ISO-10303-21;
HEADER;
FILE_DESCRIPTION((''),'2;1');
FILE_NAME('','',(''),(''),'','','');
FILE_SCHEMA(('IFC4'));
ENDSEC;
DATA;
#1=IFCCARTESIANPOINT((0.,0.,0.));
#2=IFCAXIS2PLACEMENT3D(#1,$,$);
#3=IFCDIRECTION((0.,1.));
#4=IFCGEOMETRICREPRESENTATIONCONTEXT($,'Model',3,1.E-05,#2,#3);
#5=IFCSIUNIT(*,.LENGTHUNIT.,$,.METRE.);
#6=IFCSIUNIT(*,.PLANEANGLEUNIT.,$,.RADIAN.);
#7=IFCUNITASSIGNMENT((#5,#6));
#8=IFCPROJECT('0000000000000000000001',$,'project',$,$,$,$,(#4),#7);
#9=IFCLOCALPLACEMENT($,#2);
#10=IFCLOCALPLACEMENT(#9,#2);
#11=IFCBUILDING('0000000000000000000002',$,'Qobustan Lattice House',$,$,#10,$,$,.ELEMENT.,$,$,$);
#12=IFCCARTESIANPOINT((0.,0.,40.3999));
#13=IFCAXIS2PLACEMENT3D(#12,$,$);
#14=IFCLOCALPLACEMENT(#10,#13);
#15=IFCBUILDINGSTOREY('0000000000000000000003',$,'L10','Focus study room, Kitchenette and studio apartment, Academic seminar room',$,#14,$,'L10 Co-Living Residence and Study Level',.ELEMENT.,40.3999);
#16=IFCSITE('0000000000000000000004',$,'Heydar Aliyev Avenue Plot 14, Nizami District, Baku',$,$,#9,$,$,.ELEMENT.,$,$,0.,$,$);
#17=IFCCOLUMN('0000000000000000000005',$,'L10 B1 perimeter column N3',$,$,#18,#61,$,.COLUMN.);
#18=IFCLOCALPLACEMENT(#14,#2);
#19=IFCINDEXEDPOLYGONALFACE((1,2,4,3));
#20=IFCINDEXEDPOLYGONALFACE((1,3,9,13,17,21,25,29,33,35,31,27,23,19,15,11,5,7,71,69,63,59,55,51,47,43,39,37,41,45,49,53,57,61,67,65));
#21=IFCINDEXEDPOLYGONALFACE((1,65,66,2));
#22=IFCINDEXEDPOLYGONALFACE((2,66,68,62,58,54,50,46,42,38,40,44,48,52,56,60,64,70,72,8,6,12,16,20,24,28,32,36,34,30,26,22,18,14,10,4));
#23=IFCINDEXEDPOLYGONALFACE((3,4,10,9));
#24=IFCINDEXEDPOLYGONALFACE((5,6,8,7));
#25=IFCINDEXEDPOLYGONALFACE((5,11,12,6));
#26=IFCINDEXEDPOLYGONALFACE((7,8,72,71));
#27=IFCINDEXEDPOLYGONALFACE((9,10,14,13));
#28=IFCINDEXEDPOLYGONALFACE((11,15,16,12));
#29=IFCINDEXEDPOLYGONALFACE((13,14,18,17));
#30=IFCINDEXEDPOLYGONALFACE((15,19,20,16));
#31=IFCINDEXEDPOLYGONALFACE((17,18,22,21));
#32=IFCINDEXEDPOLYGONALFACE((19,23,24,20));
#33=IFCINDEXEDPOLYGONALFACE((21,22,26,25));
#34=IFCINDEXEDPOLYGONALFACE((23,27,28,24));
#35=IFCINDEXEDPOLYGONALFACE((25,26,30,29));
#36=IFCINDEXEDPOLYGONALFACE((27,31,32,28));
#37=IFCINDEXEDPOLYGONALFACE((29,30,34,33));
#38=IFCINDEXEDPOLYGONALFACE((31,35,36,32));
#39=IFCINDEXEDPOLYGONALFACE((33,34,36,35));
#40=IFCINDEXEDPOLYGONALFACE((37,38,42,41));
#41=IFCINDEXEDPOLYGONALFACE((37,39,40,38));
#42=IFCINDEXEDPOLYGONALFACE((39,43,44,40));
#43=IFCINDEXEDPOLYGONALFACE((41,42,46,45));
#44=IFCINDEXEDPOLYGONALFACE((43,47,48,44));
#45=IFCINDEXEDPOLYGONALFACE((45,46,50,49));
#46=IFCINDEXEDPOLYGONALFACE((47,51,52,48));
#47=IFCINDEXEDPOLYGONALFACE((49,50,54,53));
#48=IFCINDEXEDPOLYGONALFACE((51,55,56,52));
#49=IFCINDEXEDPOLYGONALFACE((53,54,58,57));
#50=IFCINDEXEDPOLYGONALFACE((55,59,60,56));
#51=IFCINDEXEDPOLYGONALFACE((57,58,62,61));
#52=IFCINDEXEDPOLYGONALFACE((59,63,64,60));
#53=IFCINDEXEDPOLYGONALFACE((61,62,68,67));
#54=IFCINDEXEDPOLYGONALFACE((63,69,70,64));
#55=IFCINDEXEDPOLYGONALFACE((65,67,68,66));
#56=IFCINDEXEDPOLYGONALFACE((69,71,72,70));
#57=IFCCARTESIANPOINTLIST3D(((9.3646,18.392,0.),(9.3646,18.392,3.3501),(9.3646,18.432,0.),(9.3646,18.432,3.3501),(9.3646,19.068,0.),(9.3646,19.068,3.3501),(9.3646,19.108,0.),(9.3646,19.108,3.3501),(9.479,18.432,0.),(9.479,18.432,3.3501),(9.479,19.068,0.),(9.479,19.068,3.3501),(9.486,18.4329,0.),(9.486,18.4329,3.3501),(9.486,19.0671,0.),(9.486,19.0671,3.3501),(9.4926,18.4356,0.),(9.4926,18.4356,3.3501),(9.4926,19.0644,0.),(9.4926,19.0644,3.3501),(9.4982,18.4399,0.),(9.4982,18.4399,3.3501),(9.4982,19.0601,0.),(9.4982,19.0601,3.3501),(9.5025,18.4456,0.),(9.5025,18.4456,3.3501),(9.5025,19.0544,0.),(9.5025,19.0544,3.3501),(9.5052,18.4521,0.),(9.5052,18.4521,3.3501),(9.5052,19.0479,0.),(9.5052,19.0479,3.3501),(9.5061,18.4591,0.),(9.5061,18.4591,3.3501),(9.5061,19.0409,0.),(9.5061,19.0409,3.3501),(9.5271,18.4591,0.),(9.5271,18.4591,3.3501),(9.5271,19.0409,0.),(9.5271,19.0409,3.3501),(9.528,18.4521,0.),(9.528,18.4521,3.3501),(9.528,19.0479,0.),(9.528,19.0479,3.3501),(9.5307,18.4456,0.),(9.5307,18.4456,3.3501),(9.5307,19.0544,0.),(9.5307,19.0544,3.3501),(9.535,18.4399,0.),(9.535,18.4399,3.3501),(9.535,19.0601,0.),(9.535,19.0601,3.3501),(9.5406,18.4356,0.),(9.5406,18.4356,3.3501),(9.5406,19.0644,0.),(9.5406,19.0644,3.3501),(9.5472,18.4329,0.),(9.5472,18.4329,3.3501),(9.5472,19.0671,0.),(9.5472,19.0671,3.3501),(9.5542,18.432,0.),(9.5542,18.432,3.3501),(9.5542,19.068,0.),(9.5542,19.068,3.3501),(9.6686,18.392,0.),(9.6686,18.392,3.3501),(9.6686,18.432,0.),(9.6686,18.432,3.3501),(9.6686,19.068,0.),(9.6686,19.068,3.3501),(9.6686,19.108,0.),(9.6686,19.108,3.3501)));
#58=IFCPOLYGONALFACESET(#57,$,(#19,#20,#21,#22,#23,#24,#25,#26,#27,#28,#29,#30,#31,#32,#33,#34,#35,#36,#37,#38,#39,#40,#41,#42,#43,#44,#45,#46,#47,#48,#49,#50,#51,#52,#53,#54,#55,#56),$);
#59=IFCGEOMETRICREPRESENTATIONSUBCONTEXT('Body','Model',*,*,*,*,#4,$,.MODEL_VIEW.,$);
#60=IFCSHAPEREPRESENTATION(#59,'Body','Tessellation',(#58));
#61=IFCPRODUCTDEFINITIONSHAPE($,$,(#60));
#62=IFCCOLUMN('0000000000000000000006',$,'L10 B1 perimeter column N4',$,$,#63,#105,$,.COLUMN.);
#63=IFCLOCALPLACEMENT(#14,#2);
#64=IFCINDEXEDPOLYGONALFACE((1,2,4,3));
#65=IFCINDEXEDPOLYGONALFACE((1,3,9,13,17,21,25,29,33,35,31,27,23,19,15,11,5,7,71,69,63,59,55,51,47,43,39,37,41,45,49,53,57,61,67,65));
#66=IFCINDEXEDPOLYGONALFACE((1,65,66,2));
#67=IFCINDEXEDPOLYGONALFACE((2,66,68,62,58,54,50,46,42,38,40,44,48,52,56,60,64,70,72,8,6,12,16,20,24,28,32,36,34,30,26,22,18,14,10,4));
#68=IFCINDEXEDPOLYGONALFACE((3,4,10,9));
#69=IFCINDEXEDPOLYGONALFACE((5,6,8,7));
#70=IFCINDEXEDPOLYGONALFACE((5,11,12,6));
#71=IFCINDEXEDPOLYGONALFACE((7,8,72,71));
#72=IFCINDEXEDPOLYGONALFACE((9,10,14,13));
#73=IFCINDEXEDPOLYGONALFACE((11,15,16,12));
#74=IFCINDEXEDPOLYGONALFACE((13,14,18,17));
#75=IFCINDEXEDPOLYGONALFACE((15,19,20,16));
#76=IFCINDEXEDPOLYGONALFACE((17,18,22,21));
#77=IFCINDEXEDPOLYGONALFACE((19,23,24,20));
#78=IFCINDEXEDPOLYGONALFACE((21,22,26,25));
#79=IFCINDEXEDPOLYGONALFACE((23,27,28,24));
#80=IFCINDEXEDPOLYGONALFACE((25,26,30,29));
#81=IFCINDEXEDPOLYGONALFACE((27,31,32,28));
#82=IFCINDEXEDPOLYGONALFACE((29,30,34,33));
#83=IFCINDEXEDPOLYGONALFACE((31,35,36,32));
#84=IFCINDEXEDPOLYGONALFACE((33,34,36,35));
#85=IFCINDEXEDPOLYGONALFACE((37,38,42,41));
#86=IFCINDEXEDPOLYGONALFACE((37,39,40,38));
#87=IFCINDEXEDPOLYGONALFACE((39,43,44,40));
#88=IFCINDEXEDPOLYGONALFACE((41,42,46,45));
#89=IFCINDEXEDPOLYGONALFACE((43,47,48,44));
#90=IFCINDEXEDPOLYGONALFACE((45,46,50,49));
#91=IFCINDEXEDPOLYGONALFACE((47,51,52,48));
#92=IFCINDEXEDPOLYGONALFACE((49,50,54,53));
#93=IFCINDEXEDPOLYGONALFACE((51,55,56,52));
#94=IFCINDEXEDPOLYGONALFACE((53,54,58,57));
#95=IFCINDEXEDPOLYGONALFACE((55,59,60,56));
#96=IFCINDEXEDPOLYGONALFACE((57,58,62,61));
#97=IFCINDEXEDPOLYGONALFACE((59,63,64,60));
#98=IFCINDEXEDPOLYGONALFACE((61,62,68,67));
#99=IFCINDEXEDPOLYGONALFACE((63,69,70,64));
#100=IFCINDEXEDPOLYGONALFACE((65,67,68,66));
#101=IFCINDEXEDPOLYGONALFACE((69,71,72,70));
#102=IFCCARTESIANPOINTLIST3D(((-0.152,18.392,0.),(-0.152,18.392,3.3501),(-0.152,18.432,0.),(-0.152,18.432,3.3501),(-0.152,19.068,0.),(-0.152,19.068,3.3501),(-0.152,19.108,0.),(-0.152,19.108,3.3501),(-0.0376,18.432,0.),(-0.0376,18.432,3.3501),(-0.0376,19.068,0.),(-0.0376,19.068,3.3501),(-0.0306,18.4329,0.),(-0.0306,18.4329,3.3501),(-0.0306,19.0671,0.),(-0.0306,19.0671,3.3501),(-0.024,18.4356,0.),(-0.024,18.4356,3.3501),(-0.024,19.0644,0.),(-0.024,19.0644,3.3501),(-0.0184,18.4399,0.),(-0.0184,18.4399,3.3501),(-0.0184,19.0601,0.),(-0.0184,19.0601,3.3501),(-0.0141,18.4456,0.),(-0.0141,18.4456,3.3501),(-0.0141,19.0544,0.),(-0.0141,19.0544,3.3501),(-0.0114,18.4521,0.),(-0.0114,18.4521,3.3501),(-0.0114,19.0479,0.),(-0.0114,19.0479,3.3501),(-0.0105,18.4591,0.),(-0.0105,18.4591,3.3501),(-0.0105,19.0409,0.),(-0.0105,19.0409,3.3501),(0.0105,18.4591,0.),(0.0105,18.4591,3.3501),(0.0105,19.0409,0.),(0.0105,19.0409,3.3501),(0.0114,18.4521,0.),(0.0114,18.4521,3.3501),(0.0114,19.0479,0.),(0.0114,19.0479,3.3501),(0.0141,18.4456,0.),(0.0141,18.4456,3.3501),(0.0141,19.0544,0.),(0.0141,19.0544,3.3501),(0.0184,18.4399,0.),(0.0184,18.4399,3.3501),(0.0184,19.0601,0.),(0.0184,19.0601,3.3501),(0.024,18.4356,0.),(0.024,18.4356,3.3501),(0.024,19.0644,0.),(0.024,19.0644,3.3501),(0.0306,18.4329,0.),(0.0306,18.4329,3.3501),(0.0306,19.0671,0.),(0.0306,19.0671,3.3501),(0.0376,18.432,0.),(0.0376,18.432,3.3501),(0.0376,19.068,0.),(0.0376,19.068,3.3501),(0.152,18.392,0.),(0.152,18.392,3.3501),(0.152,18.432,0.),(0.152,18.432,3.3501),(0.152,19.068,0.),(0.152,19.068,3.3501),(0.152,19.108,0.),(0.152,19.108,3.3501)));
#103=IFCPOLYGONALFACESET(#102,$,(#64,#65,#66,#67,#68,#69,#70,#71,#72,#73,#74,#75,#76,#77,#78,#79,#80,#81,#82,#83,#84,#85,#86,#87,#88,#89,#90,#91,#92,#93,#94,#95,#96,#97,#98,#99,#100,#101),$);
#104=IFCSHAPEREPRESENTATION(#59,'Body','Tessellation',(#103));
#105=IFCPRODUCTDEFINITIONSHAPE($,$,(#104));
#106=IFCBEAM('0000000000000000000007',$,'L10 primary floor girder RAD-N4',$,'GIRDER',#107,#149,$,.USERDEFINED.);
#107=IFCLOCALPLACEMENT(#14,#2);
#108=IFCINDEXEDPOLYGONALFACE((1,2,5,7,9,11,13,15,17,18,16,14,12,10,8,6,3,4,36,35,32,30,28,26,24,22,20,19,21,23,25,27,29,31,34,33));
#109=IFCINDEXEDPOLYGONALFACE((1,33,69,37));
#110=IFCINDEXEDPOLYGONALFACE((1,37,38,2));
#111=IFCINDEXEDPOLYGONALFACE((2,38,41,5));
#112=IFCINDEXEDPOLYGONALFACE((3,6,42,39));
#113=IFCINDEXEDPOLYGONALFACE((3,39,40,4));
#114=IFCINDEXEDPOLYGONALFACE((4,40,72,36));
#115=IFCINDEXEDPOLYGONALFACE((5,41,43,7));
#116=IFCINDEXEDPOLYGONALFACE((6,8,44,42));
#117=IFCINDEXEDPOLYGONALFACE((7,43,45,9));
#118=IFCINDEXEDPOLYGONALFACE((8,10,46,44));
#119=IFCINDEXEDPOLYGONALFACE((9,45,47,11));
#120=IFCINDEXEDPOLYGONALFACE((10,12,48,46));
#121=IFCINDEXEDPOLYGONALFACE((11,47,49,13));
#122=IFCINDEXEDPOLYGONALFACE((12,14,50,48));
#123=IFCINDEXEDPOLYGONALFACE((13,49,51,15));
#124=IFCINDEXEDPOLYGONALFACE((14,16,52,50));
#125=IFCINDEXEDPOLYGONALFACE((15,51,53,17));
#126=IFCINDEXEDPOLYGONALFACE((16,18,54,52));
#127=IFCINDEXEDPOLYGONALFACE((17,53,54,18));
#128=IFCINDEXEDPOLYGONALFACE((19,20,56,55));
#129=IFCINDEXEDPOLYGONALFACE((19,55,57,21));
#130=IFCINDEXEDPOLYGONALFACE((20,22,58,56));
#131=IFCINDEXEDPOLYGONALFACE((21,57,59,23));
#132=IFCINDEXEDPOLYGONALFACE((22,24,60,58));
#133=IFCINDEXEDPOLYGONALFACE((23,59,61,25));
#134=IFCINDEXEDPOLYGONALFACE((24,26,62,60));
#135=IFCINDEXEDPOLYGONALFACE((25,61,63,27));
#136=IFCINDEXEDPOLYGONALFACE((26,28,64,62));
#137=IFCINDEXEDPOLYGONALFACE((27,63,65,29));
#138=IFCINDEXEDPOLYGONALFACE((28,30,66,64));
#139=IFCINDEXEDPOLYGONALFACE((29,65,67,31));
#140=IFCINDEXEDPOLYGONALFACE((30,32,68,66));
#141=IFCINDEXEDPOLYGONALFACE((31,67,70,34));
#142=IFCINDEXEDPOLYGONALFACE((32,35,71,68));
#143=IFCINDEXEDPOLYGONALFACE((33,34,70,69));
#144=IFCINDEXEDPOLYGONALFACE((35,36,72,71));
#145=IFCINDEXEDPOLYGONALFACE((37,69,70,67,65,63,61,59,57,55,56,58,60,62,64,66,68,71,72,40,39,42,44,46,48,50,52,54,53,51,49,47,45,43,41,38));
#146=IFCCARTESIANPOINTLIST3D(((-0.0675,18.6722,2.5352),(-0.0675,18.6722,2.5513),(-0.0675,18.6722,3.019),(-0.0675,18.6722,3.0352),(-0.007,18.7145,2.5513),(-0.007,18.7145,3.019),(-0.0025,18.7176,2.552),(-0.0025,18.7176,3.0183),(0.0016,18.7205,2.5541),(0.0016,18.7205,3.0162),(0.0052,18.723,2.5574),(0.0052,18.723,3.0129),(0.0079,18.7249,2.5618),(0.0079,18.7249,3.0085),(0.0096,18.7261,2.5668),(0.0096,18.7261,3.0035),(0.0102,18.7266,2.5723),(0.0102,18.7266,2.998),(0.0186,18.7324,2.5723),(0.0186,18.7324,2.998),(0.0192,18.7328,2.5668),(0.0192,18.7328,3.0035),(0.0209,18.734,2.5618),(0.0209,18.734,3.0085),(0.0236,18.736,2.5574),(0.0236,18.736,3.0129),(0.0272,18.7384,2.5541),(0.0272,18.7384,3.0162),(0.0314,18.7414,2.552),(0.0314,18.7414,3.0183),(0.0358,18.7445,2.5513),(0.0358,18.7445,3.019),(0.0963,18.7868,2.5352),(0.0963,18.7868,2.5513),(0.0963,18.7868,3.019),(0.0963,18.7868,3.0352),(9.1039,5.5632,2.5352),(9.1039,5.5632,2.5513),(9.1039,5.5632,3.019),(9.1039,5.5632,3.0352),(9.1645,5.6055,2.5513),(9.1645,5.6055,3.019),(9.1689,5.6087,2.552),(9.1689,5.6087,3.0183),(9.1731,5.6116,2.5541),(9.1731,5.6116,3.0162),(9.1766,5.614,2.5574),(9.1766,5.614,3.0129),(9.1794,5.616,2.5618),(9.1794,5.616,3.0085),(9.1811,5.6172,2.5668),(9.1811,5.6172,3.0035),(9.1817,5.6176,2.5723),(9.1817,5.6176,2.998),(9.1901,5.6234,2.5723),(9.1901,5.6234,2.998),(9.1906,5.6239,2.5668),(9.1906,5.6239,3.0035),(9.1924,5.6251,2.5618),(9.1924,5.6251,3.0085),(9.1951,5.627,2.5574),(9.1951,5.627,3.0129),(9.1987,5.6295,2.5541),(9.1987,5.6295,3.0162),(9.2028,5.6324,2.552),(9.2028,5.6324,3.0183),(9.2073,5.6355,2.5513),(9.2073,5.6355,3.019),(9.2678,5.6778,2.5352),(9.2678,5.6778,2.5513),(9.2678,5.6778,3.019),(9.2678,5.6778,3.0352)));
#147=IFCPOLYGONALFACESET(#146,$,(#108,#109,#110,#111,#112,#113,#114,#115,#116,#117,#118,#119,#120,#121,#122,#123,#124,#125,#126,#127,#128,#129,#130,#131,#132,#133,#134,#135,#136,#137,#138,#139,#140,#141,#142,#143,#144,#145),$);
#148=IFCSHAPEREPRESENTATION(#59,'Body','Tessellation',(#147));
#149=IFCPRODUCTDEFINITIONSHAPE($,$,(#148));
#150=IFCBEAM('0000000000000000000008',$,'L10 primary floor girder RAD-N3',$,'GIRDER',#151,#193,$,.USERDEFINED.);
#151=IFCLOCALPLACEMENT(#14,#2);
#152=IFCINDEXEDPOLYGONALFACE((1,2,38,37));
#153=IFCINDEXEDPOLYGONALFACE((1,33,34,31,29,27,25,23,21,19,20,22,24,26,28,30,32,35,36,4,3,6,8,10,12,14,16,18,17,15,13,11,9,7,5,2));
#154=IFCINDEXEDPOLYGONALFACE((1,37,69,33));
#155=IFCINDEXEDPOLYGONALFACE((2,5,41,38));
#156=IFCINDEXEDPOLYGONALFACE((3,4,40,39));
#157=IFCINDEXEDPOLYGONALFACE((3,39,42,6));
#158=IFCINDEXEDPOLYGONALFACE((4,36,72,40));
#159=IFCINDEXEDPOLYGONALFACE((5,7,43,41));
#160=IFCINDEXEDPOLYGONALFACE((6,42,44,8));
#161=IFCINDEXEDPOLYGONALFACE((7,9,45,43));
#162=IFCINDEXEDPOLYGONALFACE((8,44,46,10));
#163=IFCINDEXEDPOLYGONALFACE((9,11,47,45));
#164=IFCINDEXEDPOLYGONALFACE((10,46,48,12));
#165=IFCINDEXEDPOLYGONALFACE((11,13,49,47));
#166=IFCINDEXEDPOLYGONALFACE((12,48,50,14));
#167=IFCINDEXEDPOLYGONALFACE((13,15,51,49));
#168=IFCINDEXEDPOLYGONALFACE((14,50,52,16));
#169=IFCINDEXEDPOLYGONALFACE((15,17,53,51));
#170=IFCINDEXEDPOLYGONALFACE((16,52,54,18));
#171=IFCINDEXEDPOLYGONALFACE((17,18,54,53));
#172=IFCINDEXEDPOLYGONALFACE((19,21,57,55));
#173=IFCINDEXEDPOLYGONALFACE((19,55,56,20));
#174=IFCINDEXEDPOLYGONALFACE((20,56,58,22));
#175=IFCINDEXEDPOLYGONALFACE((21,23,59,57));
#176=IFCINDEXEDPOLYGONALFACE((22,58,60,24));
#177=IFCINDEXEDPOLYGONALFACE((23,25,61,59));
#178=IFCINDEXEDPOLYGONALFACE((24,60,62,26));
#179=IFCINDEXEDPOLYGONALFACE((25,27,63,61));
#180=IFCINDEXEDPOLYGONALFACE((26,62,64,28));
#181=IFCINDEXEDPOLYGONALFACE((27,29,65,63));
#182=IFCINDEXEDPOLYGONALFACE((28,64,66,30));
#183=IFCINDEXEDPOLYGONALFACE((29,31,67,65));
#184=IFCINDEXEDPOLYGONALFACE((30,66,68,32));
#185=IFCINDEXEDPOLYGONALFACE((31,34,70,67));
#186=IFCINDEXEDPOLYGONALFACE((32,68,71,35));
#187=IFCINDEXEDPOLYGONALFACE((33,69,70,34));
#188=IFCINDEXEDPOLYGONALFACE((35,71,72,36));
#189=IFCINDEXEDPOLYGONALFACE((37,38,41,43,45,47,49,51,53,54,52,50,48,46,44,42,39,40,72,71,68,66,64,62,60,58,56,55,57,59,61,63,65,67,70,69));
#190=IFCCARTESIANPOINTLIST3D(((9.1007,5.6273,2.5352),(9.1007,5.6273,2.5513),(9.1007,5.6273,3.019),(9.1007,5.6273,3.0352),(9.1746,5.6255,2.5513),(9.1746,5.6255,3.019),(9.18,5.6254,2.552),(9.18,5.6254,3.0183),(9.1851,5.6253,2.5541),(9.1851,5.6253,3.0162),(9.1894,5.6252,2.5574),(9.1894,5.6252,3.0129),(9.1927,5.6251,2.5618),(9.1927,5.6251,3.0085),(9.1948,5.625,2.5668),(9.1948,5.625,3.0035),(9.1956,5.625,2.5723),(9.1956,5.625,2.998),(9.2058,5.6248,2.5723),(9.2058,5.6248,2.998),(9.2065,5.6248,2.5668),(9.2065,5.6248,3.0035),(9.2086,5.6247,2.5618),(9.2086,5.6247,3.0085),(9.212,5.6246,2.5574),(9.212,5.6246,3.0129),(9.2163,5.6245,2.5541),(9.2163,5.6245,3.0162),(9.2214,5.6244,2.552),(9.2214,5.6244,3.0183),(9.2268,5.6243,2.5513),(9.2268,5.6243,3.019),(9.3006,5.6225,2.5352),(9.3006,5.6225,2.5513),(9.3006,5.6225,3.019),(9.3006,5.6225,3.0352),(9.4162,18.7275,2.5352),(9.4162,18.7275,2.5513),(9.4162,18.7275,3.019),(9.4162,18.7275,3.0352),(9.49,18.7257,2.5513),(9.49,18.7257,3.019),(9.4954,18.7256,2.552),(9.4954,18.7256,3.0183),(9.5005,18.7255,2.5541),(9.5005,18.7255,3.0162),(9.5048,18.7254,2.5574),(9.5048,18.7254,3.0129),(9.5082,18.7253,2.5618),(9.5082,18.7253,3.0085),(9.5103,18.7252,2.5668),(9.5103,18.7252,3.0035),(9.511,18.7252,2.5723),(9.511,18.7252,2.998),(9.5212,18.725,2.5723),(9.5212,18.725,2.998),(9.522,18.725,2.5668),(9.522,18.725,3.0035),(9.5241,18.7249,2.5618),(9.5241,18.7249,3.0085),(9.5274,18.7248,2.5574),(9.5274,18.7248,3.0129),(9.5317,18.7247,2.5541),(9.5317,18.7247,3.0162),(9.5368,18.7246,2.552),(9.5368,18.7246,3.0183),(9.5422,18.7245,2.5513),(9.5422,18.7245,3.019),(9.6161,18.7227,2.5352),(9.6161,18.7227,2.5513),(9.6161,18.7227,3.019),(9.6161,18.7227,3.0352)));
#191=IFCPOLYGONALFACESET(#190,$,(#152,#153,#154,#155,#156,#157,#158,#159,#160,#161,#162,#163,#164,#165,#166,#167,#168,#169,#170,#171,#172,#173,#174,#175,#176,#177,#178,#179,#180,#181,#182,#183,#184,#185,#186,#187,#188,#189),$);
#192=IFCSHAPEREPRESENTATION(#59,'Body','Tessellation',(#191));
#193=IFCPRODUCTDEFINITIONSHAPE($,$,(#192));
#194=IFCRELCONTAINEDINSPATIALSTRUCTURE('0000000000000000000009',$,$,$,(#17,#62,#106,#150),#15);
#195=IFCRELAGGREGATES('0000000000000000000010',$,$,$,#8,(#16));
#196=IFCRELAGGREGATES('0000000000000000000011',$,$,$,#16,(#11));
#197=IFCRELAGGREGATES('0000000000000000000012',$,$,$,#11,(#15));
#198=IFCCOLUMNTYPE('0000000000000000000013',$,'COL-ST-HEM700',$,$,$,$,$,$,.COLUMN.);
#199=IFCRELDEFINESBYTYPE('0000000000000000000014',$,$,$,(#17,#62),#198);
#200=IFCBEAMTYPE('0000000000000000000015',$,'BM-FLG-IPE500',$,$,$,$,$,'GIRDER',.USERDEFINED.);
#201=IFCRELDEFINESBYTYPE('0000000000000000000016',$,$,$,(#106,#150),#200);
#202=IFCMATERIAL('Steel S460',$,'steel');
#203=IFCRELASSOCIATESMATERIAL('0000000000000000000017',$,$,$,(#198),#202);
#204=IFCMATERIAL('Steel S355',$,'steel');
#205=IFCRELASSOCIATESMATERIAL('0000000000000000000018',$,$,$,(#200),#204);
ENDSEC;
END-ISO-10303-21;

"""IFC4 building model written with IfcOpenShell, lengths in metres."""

from ifc_helpers import new_model, si_unit, direction, frame, origin, origin_2d, place, context, subcontext, project, spatial, i_section, extrude, material, material_profile, profile_set, type_object, element, save


model = new_model("IFC4")

# Units and contexts
model_context = context("Model", 3, precision=1e-05, world=origin(), true_north=direction((0.0, 1.0)))
body_context = subcontext(model_context, "Body", "Model", "MODEL_VIEW")
ifc_project = project(units=[si_unit("LENGTHUNIT", "METRE"), si_unit("PLANEANGLEUNIT", "RADIAN")], contexts=[model_context])

# Site, building, storey
site_placement = place(None, origin())
site = spatial("IfcSite", under=ifc_project, at=site_placement, Name="Heydar Aliyev Avenue Plot 14, Nizami District, Baku", CompositionType="ELEMENT", RefElevation=0.0)
building_placement = place(site_placement, origin())
building = spatial("IfcBuilding", under=site, at=building_placement, Name="Qobustan Lattice House", CompositionType="ELEMENT")
storey_placement = place(building_placement, frame((0.0, 0.0, 40.3999)))
storey = spatial("IfcBuildingStorey", under=building, at=storey_placement, Name="L10", Description="Focus study room, Kitchenette and studio apartment, Academic seminar room", LongName="L10 Co-Living Residence and Study Level", CompositionType="ELEMENT", Elevation=40.3999)

# Columns
ifc_material_1 = material(Name="Steel S460", Category="steel")
ifc_material_profile_1 = material_profile(ifc_material_1, i_section(OverallWidth=0.304, OverallDepth=0.7161, WebThickness=0.021, FlangeThickness=0.04, FilletRadius=0.0271, at=origin_2d()), Name="HEM700")
ifc_profile_set_1 = profile_set([ifc_material_profile_1], Name="Steel S460")
column_type = type_object("IfcColumnType", Name="COL-ST-HEM700", PredefinedType="COLUMN", material=ifc_profile_set_1)
for number, where, z_axis, x_axis, name in (
    (1, (9.5166, 18.75, 0.0), (0.0, 0.0, 1.0), (1.0, 0.0, 0.0), "L10 B1 perimeter column N3"),
    (2, (0.0, 18.75, 0.0), (0.0, 0.0, 1.0), (1.0, 0.0, 0.0), "L10 B1 perimeter column N4"),
):
    element("IfcColumn", number, at=place(storey_placement, frame(where, z_axis=z_axis, x_axis=x_axis)), inside=storey, type_object=column_type, Name=name, PredefinedType="COLUMN", context=body_context, shape_type="SweptSolid", body=[
        extrude(i_section(OverallWidth=0.304, OverallDepth=0.7161, WebThickness=0.021, FlangeThickness=0.04, FilletRadius=0.0271, at=origin_2d()), origin(), (0.0, 0.0, 1.0), 3.3501),
    ])

# Beams
ifc_material_2 = material(Name="Steel S355", Category="steel")
ifc_material_profile_2 = material_profile(ifc_material_2, i_section(OverallWidth=0.2, OverallDepth=0.5, WebThickness=0.0103, FlangeThickness=0.0161, FilletRadius=0.021, at=origin_2d()), Name="IPE500")
ifc_profile_set_2 = profile_set([ifc_material_profile_2], Name="Steel S355")
beam_type_1 = type_object("IfcBeamType", Name="BM-FLG-IPE500", ElementType="GIRDER", PredefinedType="USERDEFINED", material=ifc_profile_set_2)
beam_1_placement = place(storey_placement, frame((0.0144, 18.7295, 2.7852), z_axis=(0.57326, -0.819374, 0.0), x_axis=(0.819374, 0.57326, 0.0)))
element("IfcBeam", 3, at=beam_1_placement, inside=storey, type_object=beam_type_1, Name="L10 primary floor girder RAD-N4", ObjectType="GIRDER", PredefinedType="USERDEFINED", context=body_context, shape_type="SweptSolid", body=[
    extrude(i_section(OverallWidth=0.2, OverallDepth=0.5, WebThickness=0.0103, FlangeThickness=0.0161, FilletRadius=0.021, at=origin_2d()), origin(), (0.0, 0.0, 1.0), 15.9988),
])
beam_2_placement = place(storey_placement, frame((9.5161, 18.7251, 2.7852), z_axis=(-0.024071, -0.99971, 0.0), x_axis=(0.99971, -0.024071, 0.0)))
element("IfcBeam", 4, at=beam_2_placement, inside=storey, type_object=beam_type_1, Name="L10 primary floor girder RAD-N3", ObjectType="GIRDER", PredefinedType="USERDEFINED", context=body_context, shape_type="SweptSolid", body=[
    extrude(i_section(OverallWidth=0.2, OverallDepth=0.5, WebThickness=0.0103, FlangeThickness=0.0161, FilletRadius=0.021, at=origin_2d()), origin(), (0.0, 0.0, 1.0), 13.104),
])

save(model, "model.ifc")
